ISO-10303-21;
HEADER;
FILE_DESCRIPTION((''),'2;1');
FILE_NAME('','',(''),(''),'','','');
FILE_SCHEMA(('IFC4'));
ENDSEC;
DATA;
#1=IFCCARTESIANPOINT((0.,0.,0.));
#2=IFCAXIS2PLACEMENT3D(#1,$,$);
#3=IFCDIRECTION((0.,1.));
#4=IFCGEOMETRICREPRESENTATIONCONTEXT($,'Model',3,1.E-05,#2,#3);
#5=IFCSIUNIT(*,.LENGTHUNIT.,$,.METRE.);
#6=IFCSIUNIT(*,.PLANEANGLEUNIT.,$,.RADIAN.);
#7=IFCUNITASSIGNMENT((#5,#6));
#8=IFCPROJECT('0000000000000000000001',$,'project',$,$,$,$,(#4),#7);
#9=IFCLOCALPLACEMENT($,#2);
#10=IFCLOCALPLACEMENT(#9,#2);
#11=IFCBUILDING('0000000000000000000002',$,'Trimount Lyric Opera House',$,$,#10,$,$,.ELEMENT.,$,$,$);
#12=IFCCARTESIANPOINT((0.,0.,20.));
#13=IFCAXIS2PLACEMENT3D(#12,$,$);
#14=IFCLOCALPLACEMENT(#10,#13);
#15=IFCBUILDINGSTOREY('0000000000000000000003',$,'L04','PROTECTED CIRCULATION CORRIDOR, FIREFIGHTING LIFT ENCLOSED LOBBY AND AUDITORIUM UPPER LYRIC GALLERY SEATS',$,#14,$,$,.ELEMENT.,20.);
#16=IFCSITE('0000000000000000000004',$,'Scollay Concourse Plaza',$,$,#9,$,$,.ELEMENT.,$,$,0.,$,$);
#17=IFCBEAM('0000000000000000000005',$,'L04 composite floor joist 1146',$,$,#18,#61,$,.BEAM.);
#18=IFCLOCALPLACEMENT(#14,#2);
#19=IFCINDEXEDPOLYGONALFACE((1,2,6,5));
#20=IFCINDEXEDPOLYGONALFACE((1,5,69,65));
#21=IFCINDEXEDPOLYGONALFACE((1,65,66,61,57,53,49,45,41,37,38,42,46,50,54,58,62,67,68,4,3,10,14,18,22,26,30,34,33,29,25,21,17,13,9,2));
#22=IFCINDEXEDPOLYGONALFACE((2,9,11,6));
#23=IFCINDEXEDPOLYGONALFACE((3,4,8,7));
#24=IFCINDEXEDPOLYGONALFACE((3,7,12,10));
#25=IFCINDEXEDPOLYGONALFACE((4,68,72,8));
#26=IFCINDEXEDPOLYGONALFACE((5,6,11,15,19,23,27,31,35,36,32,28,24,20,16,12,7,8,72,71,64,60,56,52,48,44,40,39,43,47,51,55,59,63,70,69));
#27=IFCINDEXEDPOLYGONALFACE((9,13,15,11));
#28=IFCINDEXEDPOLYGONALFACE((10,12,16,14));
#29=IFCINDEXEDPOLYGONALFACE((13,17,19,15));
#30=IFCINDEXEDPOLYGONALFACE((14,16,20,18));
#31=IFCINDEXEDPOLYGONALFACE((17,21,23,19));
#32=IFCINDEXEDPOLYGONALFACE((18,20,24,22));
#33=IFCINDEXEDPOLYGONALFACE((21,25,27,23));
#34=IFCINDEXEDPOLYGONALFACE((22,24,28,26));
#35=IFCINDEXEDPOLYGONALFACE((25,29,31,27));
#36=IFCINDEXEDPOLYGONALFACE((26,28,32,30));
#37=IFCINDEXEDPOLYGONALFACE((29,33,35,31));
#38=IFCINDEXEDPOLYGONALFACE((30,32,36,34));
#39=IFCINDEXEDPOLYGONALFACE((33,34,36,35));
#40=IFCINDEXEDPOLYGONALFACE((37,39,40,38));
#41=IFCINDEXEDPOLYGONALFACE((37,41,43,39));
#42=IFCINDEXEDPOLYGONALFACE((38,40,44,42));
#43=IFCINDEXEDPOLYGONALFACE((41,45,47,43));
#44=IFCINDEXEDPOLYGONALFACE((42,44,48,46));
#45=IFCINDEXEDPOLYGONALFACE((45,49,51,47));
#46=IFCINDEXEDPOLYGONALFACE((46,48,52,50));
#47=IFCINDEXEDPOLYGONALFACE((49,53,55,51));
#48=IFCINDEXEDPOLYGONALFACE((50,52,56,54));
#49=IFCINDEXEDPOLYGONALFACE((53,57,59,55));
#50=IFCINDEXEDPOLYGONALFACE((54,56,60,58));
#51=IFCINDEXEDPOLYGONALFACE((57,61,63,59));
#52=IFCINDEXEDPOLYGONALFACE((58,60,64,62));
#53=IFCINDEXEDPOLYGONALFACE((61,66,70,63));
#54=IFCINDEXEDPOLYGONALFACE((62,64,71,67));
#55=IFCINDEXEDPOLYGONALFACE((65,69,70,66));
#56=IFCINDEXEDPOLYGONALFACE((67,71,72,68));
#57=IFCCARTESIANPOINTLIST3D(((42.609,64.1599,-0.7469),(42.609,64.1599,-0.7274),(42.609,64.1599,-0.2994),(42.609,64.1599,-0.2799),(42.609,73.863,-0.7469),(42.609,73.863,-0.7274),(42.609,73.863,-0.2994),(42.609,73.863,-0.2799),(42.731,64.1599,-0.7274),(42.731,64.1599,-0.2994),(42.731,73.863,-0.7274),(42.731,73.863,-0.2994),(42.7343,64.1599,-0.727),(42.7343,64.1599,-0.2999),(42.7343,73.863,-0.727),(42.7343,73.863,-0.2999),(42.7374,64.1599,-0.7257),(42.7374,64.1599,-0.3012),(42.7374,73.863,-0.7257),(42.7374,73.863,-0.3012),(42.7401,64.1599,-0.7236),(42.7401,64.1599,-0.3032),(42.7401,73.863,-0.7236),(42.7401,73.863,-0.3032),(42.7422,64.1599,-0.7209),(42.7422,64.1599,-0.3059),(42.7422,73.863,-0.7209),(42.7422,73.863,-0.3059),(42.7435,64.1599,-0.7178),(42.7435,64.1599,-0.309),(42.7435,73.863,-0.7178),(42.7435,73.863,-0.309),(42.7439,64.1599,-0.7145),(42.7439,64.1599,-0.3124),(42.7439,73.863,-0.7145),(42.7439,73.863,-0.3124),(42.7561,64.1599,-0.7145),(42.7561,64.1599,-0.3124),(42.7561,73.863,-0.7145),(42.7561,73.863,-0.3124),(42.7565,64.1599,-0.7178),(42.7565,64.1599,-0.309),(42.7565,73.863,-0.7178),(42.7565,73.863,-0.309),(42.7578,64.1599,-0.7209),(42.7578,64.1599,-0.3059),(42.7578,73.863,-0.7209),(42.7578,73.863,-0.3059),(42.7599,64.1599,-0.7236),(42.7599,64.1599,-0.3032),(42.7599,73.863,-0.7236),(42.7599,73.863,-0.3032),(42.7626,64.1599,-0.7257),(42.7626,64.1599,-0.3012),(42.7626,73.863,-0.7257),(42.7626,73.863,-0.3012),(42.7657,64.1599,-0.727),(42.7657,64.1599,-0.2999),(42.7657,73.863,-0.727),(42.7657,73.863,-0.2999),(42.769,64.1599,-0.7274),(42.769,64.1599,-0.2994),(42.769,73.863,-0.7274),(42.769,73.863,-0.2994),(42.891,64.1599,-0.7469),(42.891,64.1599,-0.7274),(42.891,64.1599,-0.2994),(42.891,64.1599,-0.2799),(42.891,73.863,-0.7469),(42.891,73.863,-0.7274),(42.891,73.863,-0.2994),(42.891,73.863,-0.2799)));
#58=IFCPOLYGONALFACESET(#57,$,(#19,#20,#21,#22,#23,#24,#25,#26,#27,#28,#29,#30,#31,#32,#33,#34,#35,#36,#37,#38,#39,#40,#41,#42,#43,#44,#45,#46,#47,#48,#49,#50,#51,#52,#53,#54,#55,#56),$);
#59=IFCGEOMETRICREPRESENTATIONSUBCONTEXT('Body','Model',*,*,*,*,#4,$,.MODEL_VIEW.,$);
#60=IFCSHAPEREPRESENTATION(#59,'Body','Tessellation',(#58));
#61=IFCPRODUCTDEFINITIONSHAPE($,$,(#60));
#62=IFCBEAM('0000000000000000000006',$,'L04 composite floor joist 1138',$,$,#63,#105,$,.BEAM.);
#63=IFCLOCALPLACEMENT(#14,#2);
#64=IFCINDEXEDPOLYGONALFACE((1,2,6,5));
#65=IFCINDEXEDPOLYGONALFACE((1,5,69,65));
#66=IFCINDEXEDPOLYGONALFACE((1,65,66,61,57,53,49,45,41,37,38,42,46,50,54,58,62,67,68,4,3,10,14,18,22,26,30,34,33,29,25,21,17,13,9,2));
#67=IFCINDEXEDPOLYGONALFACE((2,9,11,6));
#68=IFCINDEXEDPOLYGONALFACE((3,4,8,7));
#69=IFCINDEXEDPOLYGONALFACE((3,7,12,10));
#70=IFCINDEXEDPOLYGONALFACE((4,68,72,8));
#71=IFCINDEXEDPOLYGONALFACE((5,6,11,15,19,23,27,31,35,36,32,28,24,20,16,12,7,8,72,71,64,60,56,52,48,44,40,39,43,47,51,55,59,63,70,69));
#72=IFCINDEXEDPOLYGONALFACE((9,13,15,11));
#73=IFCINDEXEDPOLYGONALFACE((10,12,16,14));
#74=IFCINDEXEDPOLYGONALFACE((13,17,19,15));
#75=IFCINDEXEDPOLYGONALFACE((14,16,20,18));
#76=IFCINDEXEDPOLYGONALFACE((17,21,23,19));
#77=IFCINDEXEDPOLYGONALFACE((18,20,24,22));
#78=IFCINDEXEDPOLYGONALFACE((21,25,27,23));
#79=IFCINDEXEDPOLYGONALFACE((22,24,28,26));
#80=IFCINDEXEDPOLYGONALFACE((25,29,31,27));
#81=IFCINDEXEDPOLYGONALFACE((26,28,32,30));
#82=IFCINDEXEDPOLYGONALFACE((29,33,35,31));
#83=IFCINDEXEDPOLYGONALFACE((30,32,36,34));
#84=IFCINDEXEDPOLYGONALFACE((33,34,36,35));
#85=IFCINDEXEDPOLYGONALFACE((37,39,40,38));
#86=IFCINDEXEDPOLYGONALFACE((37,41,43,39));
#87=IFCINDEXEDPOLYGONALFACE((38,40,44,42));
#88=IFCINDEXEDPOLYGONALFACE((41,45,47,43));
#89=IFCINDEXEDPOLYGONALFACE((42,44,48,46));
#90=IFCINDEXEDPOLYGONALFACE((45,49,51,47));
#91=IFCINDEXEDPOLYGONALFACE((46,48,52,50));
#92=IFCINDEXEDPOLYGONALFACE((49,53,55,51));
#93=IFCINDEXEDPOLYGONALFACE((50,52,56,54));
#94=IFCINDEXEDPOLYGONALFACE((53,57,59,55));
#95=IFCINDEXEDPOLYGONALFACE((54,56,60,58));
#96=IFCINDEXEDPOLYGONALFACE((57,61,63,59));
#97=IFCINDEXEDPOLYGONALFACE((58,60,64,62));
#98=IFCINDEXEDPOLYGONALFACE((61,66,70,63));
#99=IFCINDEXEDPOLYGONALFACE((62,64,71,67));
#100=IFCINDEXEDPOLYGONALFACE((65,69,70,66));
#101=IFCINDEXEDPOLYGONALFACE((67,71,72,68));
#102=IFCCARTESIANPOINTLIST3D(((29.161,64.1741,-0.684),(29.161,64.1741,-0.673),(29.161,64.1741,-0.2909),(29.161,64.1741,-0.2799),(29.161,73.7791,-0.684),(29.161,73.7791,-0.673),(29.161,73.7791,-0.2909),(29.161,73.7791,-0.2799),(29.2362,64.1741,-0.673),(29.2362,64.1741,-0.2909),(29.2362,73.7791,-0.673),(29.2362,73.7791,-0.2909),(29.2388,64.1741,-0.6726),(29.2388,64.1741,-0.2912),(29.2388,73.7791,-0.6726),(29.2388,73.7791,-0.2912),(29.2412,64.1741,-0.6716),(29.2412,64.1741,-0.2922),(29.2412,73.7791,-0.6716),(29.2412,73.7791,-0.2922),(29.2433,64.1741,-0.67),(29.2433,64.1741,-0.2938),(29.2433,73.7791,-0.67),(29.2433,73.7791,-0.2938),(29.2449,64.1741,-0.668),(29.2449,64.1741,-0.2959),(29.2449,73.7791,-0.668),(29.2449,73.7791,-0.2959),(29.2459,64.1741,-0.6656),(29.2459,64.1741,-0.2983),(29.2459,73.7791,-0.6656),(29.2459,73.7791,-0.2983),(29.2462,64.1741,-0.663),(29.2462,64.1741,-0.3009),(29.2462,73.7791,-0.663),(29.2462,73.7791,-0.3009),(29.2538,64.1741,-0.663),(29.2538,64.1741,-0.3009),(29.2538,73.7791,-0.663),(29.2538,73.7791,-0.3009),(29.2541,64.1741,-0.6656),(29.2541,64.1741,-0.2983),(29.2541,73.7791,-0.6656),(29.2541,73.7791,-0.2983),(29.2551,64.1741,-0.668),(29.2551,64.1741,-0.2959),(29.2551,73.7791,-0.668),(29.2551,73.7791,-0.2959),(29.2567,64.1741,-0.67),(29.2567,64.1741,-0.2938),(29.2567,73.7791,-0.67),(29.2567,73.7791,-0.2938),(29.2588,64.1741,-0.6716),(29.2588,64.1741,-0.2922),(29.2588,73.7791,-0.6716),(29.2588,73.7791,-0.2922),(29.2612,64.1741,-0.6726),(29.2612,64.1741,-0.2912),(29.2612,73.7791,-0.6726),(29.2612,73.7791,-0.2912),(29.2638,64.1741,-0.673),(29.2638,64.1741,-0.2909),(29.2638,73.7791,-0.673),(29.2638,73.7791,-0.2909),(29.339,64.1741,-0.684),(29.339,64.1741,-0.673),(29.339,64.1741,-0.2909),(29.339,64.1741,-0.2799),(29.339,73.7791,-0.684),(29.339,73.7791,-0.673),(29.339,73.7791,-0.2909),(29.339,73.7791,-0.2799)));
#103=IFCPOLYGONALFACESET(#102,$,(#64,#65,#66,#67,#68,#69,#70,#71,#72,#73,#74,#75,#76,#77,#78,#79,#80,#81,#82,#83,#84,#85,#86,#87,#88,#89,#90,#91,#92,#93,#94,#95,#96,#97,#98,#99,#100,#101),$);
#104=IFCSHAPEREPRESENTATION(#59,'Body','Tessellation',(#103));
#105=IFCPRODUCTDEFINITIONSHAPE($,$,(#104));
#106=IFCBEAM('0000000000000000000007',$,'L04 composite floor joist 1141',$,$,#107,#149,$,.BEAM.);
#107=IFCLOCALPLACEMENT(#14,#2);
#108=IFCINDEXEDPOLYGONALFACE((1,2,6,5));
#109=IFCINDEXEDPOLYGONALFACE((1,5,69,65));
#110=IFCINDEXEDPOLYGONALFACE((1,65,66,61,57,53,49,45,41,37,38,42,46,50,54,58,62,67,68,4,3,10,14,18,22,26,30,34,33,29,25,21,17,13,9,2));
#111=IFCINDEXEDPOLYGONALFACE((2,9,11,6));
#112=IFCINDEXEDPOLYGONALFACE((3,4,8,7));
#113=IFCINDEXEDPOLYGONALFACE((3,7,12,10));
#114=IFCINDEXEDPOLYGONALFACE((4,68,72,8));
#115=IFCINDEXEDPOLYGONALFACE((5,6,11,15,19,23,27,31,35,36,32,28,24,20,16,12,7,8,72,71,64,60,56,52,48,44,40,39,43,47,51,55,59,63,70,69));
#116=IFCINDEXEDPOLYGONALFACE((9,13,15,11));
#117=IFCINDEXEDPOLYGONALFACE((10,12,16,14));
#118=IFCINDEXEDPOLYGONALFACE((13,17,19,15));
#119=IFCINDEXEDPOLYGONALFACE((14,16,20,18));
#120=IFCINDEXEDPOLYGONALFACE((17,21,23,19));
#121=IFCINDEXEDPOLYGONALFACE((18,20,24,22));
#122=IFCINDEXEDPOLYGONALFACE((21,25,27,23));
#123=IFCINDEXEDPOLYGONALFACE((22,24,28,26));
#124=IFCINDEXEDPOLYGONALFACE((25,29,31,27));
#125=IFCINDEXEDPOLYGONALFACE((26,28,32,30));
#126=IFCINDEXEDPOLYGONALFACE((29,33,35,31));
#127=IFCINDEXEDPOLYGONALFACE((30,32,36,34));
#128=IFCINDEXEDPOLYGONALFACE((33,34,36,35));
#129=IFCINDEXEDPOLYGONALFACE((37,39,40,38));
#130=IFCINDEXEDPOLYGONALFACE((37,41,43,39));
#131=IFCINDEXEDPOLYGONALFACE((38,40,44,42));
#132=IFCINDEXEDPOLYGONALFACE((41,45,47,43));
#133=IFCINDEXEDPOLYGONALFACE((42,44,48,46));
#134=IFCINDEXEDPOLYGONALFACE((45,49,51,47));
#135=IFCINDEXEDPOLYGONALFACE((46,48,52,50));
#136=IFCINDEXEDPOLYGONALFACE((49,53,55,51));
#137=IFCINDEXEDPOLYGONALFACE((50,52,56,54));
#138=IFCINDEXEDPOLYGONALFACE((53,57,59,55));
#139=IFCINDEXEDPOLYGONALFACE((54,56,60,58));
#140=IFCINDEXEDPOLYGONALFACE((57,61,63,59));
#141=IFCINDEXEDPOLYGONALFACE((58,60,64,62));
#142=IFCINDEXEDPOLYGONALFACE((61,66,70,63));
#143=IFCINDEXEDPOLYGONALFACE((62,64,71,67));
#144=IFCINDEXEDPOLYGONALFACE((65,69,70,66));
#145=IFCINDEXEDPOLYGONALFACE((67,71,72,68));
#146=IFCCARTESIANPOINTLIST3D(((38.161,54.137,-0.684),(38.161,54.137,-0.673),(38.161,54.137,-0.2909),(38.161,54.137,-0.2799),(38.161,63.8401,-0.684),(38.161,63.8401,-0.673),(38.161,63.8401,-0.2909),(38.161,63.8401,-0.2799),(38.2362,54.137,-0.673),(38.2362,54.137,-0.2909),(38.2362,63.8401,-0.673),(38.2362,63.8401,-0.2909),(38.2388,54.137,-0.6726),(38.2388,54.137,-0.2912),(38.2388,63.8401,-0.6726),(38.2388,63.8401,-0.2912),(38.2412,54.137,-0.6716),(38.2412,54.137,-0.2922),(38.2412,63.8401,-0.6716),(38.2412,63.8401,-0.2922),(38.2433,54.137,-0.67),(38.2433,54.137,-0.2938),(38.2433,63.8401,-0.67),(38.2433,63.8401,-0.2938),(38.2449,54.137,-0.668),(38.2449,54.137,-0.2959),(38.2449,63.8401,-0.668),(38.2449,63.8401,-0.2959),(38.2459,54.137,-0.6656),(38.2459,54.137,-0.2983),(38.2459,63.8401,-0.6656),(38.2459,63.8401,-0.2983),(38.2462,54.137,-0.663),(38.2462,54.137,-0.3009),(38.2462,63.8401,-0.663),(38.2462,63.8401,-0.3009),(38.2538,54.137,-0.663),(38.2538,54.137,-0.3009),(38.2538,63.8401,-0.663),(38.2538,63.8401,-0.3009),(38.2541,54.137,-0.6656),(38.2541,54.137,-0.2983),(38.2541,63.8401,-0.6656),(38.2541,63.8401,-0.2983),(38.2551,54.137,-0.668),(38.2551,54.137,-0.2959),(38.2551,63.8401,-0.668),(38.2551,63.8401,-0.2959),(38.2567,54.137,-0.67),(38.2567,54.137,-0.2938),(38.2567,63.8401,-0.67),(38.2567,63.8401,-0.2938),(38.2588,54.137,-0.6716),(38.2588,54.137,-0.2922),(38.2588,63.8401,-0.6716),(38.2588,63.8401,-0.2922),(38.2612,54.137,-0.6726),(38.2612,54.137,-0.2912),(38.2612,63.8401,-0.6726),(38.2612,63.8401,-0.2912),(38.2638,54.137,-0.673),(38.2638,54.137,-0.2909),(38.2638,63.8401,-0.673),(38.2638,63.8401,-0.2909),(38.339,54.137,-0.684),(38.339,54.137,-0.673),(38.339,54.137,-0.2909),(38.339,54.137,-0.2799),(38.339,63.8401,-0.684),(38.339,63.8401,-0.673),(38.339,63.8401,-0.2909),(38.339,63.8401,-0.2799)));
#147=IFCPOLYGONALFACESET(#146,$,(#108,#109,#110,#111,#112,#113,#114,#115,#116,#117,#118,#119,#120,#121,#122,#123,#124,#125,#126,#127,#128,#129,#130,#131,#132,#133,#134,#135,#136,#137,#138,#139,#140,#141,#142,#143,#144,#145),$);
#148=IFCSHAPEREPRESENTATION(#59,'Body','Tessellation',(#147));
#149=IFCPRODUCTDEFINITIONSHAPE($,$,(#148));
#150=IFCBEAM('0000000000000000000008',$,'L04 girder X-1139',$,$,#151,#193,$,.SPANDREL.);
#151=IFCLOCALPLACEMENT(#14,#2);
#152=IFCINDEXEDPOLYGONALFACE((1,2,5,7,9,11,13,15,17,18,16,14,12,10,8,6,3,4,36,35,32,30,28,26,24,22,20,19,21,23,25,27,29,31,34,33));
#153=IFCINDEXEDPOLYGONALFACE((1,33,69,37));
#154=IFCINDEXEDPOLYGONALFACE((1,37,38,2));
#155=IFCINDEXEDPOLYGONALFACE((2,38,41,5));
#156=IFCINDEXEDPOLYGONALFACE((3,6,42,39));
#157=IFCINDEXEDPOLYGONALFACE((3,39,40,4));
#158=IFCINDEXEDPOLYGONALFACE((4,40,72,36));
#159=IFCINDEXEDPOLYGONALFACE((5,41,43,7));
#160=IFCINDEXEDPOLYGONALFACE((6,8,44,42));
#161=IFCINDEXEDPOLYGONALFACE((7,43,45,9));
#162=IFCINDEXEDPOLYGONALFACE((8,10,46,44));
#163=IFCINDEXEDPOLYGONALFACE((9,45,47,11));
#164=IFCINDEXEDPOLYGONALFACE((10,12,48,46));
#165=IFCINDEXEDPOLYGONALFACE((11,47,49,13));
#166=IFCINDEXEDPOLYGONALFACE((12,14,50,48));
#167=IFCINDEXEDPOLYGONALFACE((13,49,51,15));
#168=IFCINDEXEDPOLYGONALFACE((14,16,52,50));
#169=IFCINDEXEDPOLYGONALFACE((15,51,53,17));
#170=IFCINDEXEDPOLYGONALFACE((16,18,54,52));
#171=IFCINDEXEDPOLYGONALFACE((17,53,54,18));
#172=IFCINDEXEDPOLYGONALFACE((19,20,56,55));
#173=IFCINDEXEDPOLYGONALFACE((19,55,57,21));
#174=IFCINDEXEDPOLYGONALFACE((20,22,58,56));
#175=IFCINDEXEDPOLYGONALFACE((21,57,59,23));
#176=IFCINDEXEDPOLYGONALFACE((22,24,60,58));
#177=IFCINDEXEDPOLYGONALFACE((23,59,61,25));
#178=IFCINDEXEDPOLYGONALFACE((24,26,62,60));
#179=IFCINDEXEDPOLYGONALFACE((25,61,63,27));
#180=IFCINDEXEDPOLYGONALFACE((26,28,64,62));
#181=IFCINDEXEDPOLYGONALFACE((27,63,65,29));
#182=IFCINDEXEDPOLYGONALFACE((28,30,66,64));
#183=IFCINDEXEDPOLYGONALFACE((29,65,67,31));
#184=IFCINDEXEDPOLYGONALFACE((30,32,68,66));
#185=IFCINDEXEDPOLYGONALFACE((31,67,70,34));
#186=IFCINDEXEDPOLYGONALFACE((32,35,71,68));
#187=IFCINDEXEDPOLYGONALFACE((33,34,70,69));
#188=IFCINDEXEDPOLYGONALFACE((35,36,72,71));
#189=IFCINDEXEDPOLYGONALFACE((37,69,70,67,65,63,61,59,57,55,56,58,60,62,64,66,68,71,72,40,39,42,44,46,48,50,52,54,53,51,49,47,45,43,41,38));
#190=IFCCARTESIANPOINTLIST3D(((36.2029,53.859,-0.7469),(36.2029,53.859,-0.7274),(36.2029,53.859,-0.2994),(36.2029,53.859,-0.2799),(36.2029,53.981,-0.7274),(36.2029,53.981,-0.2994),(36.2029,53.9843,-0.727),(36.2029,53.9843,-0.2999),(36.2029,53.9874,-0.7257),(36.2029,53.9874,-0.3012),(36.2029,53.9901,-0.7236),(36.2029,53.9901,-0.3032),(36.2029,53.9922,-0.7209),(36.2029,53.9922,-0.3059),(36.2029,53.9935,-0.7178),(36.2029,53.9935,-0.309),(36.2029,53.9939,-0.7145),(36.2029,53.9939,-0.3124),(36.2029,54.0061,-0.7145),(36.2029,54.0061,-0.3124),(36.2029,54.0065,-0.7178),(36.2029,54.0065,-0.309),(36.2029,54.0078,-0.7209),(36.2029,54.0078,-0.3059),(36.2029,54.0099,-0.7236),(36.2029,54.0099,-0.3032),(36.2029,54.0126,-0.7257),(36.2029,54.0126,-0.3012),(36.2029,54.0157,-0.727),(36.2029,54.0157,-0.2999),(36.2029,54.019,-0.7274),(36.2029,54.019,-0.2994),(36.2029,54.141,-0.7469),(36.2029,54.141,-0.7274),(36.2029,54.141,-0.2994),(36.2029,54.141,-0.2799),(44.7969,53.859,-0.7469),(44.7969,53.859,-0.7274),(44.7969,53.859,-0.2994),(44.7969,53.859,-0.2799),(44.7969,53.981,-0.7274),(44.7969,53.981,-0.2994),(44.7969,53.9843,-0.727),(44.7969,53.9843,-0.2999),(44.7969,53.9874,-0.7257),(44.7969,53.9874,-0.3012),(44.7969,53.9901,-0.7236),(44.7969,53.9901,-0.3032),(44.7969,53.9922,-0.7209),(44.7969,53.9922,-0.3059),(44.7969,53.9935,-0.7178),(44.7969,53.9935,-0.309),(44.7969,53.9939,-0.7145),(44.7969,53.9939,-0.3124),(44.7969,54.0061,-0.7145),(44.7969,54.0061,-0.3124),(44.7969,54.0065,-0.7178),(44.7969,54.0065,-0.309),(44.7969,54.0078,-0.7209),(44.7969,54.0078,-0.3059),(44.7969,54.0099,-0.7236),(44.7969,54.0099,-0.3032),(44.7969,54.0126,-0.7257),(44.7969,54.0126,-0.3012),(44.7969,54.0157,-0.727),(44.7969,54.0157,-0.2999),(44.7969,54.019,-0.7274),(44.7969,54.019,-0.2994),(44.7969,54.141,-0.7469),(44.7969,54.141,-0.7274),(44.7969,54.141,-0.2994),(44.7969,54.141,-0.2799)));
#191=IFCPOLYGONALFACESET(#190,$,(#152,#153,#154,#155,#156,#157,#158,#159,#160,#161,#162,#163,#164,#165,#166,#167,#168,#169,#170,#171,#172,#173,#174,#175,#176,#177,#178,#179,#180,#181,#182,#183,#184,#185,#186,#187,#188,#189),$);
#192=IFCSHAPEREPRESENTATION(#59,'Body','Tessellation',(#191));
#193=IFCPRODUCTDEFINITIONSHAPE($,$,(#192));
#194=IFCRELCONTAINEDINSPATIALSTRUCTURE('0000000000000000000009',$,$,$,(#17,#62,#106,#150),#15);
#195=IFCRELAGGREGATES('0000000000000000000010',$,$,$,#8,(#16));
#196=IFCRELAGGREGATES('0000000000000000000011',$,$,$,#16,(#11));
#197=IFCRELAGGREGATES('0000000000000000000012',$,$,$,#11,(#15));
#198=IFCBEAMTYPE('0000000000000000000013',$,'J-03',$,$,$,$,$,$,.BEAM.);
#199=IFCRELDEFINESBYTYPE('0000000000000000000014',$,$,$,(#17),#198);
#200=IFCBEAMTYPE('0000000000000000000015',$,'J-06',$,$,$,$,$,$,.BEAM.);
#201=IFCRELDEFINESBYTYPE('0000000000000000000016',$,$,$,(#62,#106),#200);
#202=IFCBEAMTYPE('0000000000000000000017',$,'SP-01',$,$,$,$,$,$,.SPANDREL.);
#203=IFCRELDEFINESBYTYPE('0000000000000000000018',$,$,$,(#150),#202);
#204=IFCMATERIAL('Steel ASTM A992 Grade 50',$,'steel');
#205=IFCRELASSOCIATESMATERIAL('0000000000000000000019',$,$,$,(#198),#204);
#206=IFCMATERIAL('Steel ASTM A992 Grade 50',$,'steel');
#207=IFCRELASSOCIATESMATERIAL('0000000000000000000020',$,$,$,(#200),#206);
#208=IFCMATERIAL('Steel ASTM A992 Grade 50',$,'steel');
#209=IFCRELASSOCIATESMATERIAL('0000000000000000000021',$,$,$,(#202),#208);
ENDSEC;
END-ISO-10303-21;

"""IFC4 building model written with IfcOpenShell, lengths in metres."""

from ifc_helpers import new_model, si_unit, direction, frame, origin, origin_2d, place, context, subcontext, project, spatial, i_section, extrude, material, material_profile, profile_set, type_object, element, save


model = new_model("IFC4")

# Units and contexts
model_context = context("Model", 3, precision=1e-05, world=origin(), true_north=direction((0.0, 1.0)))
body_context = subcontext(model_context, "Body", "Model", "MODEL_VIEW")
ifc_project = project(units=[si_unit("LENGTHUNIT", "METRE"), si_unit("PLANEANGLEUNIT", "RADIAN")], contexts=[model_context])

# Site, building, storey
site_placement = place(None, origin())
site = spatial("IfcSite", under=ifc_project, at=site_placement, Name="Scollay Concourse Plaza", CompositionType="ELEMENT", RefElevation=0.0)
building_placement = place(site_placement, origin())
building = spatial("IfcBuilding", under=site, at=building_placement, Name="Trimount Lyric Opera House", CompositionType="ELEMENT")
storey_placement = place(building_placement, frame((0.0, 0.0, 20.0)))
storey = spatial("IfcBuildingStorey", under=building, at=storey_placement, Name="L04", Description="PROTECTED CIRCULATION CORRIDOR, FIREFIGHTING LIFT ENCLOSED LOBBY AND AUDITORIUM UPPER LYRIC GALLERY SEATS", CompositionType="ELEMENT", Elevation=20.0)

# Beams
ifc_material_1 = material(Name="Steel ASTM A992 Grade 50", Category="steel")
ifc_material_profile_1 = material_profile(ifc_material_1, i_section(OverallWidth=0.282, OverallDepth=0.467, WebThickness=0.0122, FlangeThickness=0.0195, FilletRadius=0.0129, at=origin_2d()), Name="W18X86")
ifc_profile_set_1 = profile_set([ifc_material_profile_1], Name="Steel ASTM A992 Grade 50")
beam_type_1 = type_object("IfcBeamType", Name="J-03", PredefinedType="BEAM", material=ifc_profile_set_1)
beam_1_placement = place(storey_placement, frame((42.75, 64.1599, -0.5134), z_axis=(0.0, 1.0, 0.0), x_axis=(-1.0, 0.0, 0.0)))
element("IfcBeam", 1, at=beam_1_placement, inside=storey, type_object=beam_type_1, Name="L04 composite floor joist 1146", PredefinedType="BEAM", context=body_context, shape_type="SweptSolid", body=[
    extrude(i_section(OverallWidth=0.282, OverallDepth=0.467, WebThickness=0.0122, FlangeThickness=0.0195, FilletRadius=0.0129, at=origin_2d()), origin(), (0.0, 0.0, 1.0), 9.7031),
])
ifc_material_2 = material(Name="Steel ASTM A992 Grade 50", Category="steel")
ifc_material_profile_2 = material_profile(ifc_material_2, i_section(OverallWidth=0.178, OverallDepth=0.4041, WebThickness=0.0076, FlangeThickness=0.011, FilletRadius=0.01, at=origin_2d()), Name="W16X36")
ifc_profile_set_2 = profile_set([ifc_material_profile_2], Name="Steel ASTM A992 Grade 50")
beam_type_2 = type_object("IfcBeamType", Name="J-06", PredefinedType="BEAM", material=ifc_profile_set_2)
beam_2_placement = place(storey_placement, frame((29.25, 64.1741, -0.4819), z_axis=(0.0, 1.0, 0.0), x_axis=(-1.0, 0.0, 0.0)))
element("IfcBeam", 2, at=beam_2_placement, inside=storey, type_object=beam_type_2, Name="L04 composite floor joist 1138", PredefinedType="BEAM", context=body_context, shape_type="SweptSolid", body=[
    extrude(i_section(OverallWidth=0.178, OverallDepth=0.4041, WebThickness=0.0076, FlangeThickness=0.011, FilletRadius=0.01, at=origin_2d()), origin(), (0.0, 0.0, 1.0), 9.605),
])
beam_3_placement = place(storey_placement, frame((38.25, 54.137, -0.4819), z_axis=(0.0, 1.0, 0.0), x_axis=(-1.0, 0.0, 0.0)))
element("IfcBeam", 3, at=beam_3_placement, inside=storey, type_object=beam_type_2, Name="L04 composite floor joist 1141", PredefinedType="BEAM", context=body_context, shape_type="SweptSolid", body=[
    extrude(i_section(OverallWidth=0.178, OverallDepth=0.4041, WebThickness=0.0076, FlangeThickness=0.011, FilletRadius=0.01, at=origin_2d()), origin(), (0.0, 0.0, 1.0), 9.7031),
])
ifc_material_3 = material(Name="Steel ASTM A992 Grade 50", Category="steel")
ifc_material_profile_3 = material_profile(ifc_material_3, i_section(OverallWidth=0.282, OverallDepth=0.467, WebThickness=0.0122, FlangeThickness=0.0195, FilletRadius=0.0129, at=origin_2d()), Name="W18X86")
ifc_profile_set_3 = profile_set([ifc_material_profile_3], Name="Steel ASTM A992 Grade 50")
beam_type_3 = type_object("IfcBeamType", Name="SP-01", PredefinedType="SPANDREL", material=ifc_profile_set_3)
beam_4_placement = place(storey_placement, frame((36.2029, 54.0, -0.5134), z_axis=(1.0, 0.0, 0.0), x_axis=(0.0, 1.0, 0.0)))
element("IfcBeam", 4, at=beam_4_placement, inside=storey, type_object=beam_type_3, Name="L04 girder X-1139", PredefinedType="SPANDREL", context=body_context, shape_type="SweptSolid", body=[
    extrude(i_section(OverallWidth=0.282, OverallDepth=0.467, WebThickness=0.0122, FlangeThickness=0.0195, FilletRadius=0.0129, at=origin_2d()), origin(), (0.0, 0.0, 1.0), 8.594),
])

save(model, "model.ifc")
